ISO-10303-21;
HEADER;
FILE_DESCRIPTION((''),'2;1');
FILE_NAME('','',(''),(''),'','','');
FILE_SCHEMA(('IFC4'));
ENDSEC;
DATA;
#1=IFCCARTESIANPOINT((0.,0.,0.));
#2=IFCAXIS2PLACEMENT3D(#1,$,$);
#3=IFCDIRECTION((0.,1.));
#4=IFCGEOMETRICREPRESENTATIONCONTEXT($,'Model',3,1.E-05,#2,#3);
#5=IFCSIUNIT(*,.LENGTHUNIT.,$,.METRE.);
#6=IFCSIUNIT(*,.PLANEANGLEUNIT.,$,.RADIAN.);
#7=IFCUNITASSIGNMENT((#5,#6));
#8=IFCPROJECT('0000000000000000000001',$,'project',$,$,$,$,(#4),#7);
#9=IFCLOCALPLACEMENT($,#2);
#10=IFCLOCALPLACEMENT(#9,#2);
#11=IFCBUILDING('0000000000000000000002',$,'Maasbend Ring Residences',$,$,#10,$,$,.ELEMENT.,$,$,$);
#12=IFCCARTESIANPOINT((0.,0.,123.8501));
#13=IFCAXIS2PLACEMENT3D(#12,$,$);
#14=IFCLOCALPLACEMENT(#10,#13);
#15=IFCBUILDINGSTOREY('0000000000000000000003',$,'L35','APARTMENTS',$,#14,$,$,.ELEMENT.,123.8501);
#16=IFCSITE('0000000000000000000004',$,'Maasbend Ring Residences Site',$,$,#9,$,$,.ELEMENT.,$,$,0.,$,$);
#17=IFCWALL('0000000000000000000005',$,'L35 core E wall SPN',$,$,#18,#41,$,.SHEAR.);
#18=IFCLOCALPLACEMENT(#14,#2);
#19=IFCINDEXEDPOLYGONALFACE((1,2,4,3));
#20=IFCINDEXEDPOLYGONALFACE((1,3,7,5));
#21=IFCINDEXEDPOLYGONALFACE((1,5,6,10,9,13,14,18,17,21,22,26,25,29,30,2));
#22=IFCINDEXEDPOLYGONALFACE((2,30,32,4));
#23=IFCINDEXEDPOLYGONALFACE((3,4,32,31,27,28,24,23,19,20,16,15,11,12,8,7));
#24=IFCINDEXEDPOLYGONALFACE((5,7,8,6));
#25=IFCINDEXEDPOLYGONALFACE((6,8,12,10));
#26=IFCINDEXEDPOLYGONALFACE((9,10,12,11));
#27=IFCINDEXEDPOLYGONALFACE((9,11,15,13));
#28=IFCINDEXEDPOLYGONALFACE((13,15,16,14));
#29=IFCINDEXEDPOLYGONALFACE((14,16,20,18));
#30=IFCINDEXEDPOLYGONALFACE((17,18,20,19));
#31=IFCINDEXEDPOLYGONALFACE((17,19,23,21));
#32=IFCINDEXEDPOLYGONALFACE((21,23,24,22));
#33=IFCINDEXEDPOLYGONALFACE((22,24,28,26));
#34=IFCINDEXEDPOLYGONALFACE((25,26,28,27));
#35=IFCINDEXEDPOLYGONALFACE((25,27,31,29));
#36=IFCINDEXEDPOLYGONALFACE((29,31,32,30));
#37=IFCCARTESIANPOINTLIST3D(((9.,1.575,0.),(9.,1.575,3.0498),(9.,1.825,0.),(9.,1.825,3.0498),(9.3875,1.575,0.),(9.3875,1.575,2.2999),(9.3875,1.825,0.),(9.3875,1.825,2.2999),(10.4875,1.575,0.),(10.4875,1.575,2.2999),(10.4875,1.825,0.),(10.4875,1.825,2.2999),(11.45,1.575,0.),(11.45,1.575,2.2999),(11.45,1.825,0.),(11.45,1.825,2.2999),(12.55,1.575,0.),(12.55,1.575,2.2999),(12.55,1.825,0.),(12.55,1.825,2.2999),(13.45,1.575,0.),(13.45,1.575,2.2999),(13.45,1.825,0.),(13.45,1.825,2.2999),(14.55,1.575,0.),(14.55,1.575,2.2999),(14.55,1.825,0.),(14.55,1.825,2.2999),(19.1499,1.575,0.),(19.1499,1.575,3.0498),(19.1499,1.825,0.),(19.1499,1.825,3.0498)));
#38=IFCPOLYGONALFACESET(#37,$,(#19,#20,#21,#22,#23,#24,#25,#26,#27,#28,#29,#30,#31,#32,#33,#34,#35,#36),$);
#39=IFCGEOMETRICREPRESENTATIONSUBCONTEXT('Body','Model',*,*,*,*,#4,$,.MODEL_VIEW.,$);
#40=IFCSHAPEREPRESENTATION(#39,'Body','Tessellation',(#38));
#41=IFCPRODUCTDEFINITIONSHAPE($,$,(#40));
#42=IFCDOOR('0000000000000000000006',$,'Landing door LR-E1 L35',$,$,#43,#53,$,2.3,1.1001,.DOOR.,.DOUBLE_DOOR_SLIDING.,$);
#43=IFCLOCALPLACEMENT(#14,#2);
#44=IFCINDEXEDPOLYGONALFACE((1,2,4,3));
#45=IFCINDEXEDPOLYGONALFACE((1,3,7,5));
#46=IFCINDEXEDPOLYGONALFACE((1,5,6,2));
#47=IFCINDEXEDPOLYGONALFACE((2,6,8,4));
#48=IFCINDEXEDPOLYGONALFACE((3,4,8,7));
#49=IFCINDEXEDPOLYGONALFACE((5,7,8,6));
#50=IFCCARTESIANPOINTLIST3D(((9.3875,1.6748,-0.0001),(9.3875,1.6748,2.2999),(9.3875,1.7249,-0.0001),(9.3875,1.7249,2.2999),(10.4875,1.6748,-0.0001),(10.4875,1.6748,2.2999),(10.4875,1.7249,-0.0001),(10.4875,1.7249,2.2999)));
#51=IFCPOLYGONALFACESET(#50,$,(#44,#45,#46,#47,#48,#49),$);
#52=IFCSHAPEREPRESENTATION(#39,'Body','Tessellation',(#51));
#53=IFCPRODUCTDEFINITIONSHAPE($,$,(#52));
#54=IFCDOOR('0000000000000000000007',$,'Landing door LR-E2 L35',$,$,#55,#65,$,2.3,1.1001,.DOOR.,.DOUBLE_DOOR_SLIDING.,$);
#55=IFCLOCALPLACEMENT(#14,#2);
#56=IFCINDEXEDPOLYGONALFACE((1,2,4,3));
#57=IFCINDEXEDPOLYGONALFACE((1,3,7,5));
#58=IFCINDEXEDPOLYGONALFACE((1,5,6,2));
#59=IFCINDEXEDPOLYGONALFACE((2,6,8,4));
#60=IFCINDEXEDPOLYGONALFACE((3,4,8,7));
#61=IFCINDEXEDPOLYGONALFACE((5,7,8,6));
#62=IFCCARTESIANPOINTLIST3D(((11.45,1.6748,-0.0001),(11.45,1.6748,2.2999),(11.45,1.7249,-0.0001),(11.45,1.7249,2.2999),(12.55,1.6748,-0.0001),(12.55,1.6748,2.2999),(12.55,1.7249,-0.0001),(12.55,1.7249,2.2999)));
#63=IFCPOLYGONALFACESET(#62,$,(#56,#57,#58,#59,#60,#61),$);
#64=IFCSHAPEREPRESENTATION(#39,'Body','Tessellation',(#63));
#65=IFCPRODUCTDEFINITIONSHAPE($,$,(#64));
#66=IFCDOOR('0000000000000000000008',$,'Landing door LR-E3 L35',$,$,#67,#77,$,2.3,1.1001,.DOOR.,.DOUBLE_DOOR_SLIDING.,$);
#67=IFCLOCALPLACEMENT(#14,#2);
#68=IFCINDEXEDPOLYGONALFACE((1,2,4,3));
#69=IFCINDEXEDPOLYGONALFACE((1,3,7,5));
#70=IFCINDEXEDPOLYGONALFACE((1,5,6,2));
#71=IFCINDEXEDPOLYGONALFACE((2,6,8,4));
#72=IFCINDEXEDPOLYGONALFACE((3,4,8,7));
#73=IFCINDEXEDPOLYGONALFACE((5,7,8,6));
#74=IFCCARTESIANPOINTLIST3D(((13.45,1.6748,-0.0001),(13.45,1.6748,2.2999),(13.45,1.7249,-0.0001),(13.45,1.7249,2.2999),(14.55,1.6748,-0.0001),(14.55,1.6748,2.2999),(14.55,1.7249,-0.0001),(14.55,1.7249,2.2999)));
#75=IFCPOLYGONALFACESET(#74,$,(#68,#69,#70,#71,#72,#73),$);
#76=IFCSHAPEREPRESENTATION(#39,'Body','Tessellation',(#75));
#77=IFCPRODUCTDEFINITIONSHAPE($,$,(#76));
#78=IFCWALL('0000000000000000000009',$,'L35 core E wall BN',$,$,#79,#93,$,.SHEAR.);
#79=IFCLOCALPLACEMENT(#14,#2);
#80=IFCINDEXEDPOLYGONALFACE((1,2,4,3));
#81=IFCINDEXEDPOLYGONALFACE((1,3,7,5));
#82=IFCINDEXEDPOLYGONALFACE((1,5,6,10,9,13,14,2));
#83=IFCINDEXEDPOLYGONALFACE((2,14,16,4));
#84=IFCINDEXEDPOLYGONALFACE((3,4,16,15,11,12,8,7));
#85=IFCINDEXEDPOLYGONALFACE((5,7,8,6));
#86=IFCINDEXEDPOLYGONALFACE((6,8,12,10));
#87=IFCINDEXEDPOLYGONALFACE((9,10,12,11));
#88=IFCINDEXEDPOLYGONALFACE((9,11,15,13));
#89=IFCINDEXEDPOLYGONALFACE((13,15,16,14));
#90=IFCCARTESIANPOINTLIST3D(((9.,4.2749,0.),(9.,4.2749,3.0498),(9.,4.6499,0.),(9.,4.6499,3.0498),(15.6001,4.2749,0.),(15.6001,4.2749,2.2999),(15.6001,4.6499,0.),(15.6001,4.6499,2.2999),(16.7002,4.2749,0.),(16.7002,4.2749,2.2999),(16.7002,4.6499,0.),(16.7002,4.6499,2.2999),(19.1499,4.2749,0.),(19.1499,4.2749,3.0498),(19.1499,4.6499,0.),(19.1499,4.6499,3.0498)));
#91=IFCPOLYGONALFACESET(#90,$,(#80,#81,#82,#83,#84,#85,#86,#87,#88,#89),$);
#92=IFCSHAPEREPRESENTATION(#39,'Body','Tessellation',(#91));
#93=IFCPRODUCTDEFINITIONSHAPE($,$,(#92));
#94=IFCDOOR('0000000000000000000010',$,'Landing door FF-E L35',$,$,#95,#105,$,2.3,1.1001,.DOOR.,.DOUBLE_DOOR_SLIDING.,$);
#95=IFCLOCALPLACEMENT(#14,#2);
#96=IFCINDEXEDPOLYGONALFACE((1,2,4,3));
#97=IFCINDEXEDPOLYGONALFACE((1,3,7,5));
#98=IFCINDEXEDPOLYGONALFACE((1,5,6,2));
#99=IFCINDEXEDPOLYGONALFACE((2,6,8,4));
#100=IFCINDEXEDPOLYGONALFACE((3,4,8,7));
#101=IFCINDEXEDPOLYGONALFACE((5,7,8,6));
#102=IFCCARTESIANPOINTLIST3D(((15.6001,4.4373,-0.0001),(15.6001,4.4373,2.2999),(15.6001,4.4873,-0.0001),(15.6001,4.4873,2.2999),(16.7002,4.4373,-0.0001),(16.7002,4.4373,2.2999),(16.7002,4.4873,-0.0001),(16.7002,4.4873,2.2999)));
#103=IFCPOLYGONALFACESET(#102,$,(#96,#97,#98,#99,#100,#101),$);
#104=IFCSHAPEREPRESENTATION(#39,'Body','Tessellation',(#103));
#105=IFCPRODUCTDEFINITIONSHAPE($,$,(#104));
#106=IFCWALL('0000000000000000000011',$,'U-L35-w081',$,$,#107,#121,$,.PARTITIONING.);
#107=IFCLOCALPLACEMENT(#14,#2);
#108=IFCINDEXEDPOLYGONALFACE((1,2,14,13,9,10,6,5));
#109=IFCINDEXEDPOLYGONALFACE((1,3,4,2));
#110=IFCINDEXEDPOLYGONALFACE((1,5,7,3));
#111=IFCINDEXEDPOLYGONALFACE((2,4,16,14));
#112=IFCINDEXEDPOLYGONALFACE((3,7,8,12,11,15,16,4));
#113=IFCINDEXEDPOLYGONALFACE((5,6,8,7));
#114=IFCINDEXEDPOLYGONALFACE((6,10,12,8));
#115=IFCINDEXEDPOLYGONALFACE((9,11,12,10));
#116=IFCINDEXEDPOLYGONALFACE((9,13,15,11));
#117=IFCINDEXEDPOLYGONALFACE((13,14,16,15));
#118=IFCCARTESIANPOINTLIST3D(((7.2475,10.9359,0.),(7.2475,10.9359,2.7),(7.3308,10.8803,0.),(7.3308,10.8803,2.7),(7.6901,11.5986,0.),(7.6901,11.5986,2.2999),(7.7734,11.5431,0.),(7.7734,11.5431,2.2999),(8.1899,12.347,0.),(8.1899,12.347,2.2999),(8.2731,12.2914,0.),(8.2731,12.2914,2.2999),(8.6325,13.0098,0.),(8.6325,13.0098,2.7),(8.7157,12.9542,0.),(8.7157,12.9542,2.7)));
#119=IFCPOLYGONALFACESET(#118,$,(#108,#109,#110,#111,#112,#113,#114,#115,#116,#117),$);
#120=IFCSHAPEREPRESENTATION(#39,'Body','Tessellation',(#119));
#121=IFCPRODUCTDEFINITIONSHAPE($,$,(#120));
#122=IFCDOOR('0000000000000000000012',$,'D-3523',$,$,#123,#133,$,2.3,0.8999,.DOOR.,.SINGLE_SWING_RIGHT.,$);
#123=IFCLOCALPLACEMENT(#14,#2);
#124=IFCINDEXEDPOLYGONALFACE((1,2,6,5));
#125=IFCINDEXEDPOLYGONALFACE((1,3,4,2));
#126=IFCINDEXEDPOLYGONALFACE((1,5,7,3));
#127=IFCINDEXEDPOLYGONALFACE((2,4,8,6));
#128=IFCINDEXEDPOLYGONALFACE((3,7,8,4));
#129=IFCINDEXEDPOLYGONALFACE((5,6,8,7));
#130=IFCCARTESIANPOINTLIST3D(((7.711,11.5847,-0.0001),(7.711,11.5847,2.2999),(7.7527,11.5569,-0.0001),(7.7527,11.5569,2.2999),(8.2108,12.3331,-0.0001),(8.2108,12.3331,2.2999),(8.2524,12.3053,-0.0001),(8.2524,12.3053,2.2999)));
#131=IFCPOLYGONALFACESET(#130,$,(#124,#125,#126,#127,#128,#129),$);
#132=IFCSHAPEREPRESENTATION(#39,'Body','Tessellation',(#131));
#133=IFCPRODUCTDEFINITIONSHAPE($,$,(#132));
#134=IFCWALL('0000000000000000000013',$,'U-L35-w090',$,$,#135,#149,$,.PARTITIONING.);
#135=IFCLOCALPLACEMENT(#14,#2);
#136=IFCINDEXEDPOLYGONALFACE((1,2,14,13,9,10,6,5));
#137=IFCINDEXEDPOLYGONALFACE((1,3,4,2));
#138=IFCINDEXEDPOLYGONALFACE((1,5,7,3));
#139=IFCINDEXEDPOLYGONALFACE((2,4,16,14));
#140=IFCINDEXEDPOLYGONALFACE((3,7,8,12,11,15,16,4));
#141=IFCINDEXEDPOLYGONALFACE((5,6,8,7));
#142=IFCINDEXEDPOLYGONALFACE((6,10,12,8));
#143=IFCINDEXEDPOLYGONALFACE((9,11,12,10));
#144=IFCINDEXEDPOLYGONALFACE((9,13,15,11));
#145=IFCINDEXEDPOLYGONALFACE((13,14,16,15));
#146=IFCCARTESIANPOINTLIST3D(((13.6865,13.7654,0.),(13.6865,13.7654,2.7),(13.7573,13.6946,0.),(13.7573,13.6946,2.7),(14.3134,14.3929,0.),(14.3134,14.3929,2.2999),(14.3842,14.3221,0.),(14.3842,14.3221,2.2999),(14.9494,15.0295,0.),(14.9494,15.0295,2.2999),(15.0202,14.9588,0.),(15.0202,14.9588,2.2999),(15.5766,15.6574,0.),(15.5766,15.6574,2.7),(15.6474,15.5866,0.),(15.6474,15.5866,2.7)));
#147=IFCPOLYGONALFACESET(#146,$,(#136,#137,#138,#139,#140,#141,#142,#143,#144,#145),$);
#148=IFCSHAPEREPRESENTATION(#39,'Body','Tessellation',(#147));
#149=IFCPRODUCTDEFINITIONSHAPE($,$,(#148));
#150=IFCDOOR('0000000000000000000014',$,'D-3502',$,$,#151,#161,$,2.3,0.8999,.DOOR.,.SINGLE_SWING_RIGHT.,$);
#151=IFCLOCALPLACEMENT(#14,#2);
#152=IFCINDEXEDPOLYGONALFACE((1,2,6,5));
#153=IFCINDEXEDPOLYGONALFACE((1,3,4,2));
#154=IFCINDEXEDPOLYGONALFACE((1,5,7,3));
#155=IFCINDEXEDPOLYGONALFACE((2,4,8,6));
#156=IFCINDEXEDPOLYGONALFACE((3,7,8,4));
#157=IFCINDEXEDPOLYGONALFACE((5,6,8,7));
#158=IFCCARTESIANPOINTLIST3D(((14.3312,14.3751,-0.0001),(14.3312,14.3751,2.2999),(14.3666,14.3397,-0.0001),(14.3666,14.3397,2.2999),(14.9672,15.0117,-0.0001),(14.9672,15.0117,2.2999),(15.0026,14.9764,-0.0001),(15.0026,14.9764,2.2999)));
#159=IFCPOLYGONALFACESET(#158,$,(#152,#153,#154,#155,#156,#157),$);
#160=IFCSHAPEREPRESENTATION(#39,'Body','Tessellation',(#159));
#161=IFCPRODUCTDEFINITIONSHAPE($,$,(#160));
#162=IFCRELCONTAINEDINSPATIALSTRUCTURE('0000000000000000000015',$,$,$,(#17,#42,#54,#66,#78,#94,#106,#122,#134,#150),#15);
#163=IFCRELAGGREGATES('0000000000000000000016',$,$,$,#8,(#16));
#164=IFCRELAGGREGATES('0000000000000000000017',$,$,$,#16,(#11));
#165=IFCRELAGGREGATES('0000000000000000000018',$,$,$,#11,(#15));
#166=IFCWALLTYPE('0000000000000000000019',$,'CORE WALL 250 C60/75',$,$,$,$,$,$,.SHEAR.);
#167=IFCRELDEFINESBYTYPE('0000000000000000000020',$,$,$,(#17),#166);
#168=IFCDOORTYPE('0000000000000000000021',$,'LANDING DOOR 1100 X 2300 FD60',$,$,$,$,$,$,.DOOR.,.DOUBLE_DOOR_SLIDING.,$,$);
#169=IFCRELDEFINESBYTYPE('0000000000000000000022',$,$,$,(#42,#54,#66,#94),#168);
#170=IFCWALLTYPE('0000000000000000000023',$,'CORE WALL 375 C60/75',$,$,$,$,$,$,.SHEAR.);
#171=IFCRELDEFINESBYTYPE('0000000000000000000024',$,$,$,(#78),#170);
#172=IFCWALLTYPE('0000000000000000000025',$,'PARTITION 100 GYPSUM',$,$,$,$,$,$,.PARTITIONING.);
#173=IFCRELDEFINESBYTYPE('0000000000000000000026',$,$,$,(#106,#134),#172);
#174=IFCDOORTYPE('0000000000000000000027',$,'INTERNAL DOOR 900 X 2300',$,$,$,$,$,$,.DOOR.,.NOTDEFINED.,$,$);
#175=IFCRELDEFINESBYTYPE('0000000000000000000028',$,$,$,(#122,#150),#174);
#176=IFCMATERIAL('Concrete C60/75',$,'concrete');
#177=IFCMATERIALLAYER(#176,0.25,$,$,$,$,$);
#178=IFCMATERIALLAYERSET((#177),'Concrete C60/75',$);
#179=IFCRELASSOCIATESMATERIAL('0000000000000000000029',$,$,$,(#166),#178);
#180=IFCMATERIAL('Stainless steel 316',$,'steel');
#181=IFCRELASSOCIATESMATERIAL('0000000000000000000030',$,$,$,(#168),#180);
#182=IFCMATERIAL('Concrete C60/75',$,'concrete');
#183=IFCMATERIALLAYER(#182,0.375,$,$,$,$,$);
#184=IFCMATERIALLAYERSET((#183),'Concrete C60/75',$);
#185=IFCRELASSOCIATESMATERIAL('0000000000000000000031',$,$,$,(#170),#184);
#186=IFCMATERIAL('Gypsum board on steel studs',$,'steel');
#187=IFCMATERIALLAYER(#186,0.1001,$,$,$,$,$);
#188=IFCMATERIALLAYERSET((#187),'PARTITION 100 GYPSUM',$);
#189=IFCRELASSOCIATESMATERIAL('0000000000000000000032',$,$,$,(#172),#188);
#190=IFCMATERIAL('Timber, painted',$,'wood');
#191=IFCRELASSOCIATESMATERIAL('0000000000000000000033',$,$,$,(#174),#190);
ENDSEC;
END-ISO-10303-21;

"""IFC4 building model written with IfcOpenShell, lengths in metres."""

from ifc_helpers import new_model, si_unit, direction, frame, frame_2d, origin, place, context, subcontext, project, spatial, rectangle, extrude, material, layer, layer_set, type_object, element, fill, save


model = new_model("IFC4")

# Units and contexts
model_context = context("Model", 3, precision=1e-05, world=origin(), true_north=direction((0.0, 1.0)))
body_context = subcontext(model_context, "Body", "Model", "MODEL_VIEW")
ifc_project = project(units=[si_unit("LENGTHUNIT", "METRE"), si_unit("PLANEANGLEUNIT", "RADIAN")], contexts=[model_context])

# Site, building, storey
site_placement = place(None, origin())
site = spatial("IfcSite", under=ifc_project, at=site_placement, Name="Maasbend Ring Residences Site", CompositionType="ELEMENT", RefElevation=0.0)
building_placement = place(site_placement, origin())
building = spatial("IfcBuilding", under=site, at=building_placement, Name="Maasbend Ring Residences", CompositionType="ELEMENT")
storey_placement = place(building_placement, frame((0.0, 0.0, 123.8501)))
storey = spatial("IfcBuildingStorey", under=building, at=storey_placement, Name="L35", Description="APARTMENTS", CompositionType="ELEMENT", Elevation=123.8501)

# Wall, openings, doors
ifc_material_1 = material(Name="Concrete C60/75", Category="concrete")
ifc_layer_1 = layer(ifc_material_1, 0.25)
ifc_layer_set_1 = layer_set([ifc_layer_1], Name="Concrete C60/75")
wall_type_1 = type_object("IfcWallType", Name="CORE WALL 250 C60/75", PredefinedType="SHEAR", material=ifc_layer_set_1)
wall_1_placement = place(storey_placement, frame((9.0, 1.7, 0.0), z_axis=(0.0, 0.0, 1.0), x_axis=(1.0, 0.0, 0.0)))
wall_1 = element("IfcWall", 1, at=wall_1_placement, inside=storey, type_object=wall_type_1, Name="L35 core E wall SPN", PredefinedType="SHEAR", context=body_context, shape_type="SweptSolid", body=[
    extrude(rectangle(XDim=10.1499, YDim=0.25, at=frame_2d((5.075, 0.0))), origin(), (0.0, 0.0, 1.0), 3.0498),
])
opening_1_placement = place(wall_1_placement, frame((0.3875, 0.0, 0.0)))
opening_1 = element("IfcOpeningElement", 2, at=opening_1_placement, cuts=wall_1, PredefinedType="OPENING", context=body_context, shape_type="SweptSolid", body=[
    extrude(rectangle(XDim=1.1001, YDim=2.3, at=frame_2d((0.55, 1.1499))), frame((0.0, 0.135, 0.0), z_axis=(0.0, -1.0, 0.0), x_axis=(1.0, 0.0, 0.0)), (0.0, 0.0, 1.0), 0.27),
])
opening_2_placement = place(wall_1_placement, frame((2.45, 0.0, 0.0)))
opening_2 = element("IfcOpeningElement", 3, at=opening_2_placement, cuts=wall_1, PredefinedType="OPENING", context=body_context, shape_type="SweptSolid", body=[
    extrude(rectangle(XDim=1.1001, YDim=2.3, at=frame_2d((0.55, 1.1499))), frame((0.0, 0.135, 0.0), z_axis=(0.0, -1.0, 0.0), x_axis=(1.0, 0.0, 0.0)), (0.0, 0.0, 1.0), 0.27),
])
opening_3_placement = place(wall_1_placement, frame((4.45, 0.0, 0.0)))
opening_3 = element("IfcOpeningElement", 4, at=opening_3_placement, cuts=wall_1, PredefinedType="OPENING", context=body_context, shape_type="SweptSolid", body=[
    extrude(rectangle(XDim=1.1001, YDim=2.3, at=frame_2d((0.55, 1.1499))), frame((0.0, 0.135, 0.0), z_axis=(0.0, -1.0, 0.0), x_axis=(1.0, 0.0, 0.0)), (0.0, 0.0, 1.0), 0.27),
])
ifc_material_2 = material(Name="Stainless steel 316", Category="steel")
door_type_1 = type_object("IfcDoorType", Name="LANDING DOOR 1100 X 2300 FD60", OperationType="DOUBLE_DOOR_SLIDING", PredefinedType="DOOR", material=ifc_material_2)
door_1_placement = place(opening_1_placement, origin())
door_1 = element("IfcDoor", 5, at=door_1_placement, inside=storey, type_object=door_type_1, Name="Landing door LR-E1 L35", OperationType="DOUBLE_DOOR_SLIDING", OverallHeight=2.3, OverallWidth=1.1001, PredefinedType="DOOR", context=body_context, shape_type="SweptSolid", body=[
    extrude(rectangle(XDim=1.1001, YDim=2.3, at=frame_2d((0.55, 1.1499))), frame((0.0, 0.0249, 0.0), z_axis=(0.0, -1.0, 0.0), x_axis=(1.0, 0.0, 0.0)), (0.0, 0.0, 1.0), 0.05),
])
fill(opening_1, door_1)
door_2_placement = place(opening_2_placement, origin())
door_2 = element("IfcDoor", 6, at=door_2_placement, inside=storey, type_object=door_type_1, Name="Landing door LR-E2 L35", OperationType="DOUBLE_DOOR_SLIDING", OverallHeight=2.3, OverallWidth=1.1001, PredefinedType="DOOR", context=body_context, shape_type="SweptSolid", body=[
    extrude(rectangle(XDim=1.1001, YDim=2.3, at=frame_2d((0.55, 1.1499))), frame((0.0, 0.0249, 0.0), z_axis=(0.0, -1.0, 0.0), x_axis=(1.0, 0.0, 0.0)), (0.0, 0.0, 1.0), 0.05),
])
fill(opening_2, door_2)
door_3_placement = place(opening_3_placement, origin())
door_3 = element("IfcDoor", 7, at=door_3_placement, inside=storey, type_object=door_type_1, Name="Landing door LR-E3 L35", OperationType="DOUBLE_DOOR_SLIDING", OverallHeight=2.3, OverallWidth=1.1001, PredefinedType="DOOR", context=body_context, shape_type="SweptSolid", body=[
    extrude(rectangle(XDim=1.1001, YDim=2.3, at=frame_2d((0.55, 1.1499))), frame((0.0, 0.0249, 0.0), z_axis=(0.0, -1.0, 0.0), x_axis=(1.0, 0.0, 0.0)), (0.0, 0.0, 1.0), 0.05),
])
fill(opening_3, door_3)

# Walls, openings, doors
ifc_material_3 = material(Name="Concrete C60/75", Category="concrete")
ifc_layer_2 = layer(ifc_material_3, 0.375)
ifc_layer_set_2 = layer_set([ifc_layer_2], Name="Concrete C60/75")
wall_type_2 = type_object("IfcWallType", Name="CORE WALL 375 C60/75", PredefinedType="SHEAR", material=ifc_layer_set_2)
wall_2_placement = place(storey_placement, frame((9.0, 4.4624, 0.0), z_axis=(0.0, 0.0, 1.0), x_axis=(1.0, 0.0, 0.0)))
wall_2 = element("IfcWall", 8, at=wall_2_placement, inside=storey, type_object=wall_type_2, Name="L35 core E wall BN", PredefinedType="SHEAR", context=body_context, shape_type="SweptSolid", body=[
    extrude(rectangle(XDim=10.1499, YDim=0.375, at=frame_2d((5.075, 0.0))), origin(), (0.0, 0.0, 1.0), 3.0498),
])
opening_4_placement = place(wall_2_placement, frame((6.6001, 0.0, 0.0)))
opening_4 = element("IfcOpeningElement", 9, at=opening_4_placement, cuts=wall_2, PredefinedType="OPENING", context=body_context, shape_type="SweptSolid", body=[
    extrude(rectangle(XDim=1.1001, YDim=2.3, at=frame_2d((0.55, 1.1499))), frame((0.0, 0.1975, 0.0), z_axis=(0.0, -1.0, 0.0), x_axis=(1.0, 0.0, 0.0)), (0.0, 0.0, 1.0), 0.395),
])
door_4_placement = place(opening_4_placement, origin())
door_4 = element("IfcDoor", 10, at=door_4_placement, inside=storey, type_object=door_type_1, Name="Landing door FF-E L35", OperationType="DOUBLE_DOOR_SLIDING", OverallHeight=2.3, OverallWidth=1.1001, PredefinedType="DOOR", context=body_context, shape_type="SweptSolid", body=[
    extrude(rectangle(XDim=1.1001, YDim=2.3, at=frame_2d((0.55, 1.1499))), frame((0.0, 0.0249, 0.0), z_axis=(0.0, -1.0, 0.0), x_axis=(1.0, 0.0, 0.0)), (0.0, 0.0, 1.0), 0.05),
])
fill(opening_4, door_4)
ifc_material_4 = material(Name="Gypsum board on steel studs", Category="steel")
ifc_layer_3 = layer(ifc_material_4, 0.1001)
ifc_layer_set_3 = layer_set([ifc_layer_3], Name="PARTITION 100 GYPSUM")
wall_type_3 = type_object("IfcWallType", Name="PARTITION 100 GYPSUM", PredefinedType="PARTITIONING", material=ifc_layer_set_3)
wall_3_placement = place(storey_placement, frame((7.2891, 10.908, 0.0), z_axis=(0.0, 0.0, 1.0), x_axis=(0.555355, 0.831613, 0.0)))
wall_3 = element("IfcWall", 11, at=wall_3_placement, inside=storey, type_object=wall_type_3, Name="U-L35-w081", PredefinedType="PARTITIONING", context=body_context, shape_type="SweptSolid", body=[
    extrude(rectangle(XDim=2.4939, YDim=0.1001, at=frame_2d((1.2471, 0.0))), origin(), (0.0, 0.0, 1.0), 2.7),
])
opening_5_placement = place(wall_3_placement, frame((0.7971, 0.0, 0.0)))
opening_5 = element("IfcOpeningElement", 12, at=opening_5_placement, cuts=wall_3, PredefinedType="OPENING", context=body_context, shape_type="SweptSolid", body=[
    extrude(rectangle(XDim=0.8999, YDim=2.3, at=frame_2d((0.45, 1.1499))), frame((0.0, 0.0601, 0.0), z_axis=(0.0, -1.0, 0.0), x_axis=(1.0, 0.0, 0.0)), (0.0, 0.0, 1.0), 0.1201),
])
ifc_material_5 = material(Name="Timber, painted", Category="wood")
door_type_2 = type_object("IfcDoorType", Name="INTERNAL DOOR 900 X 2300", OperationType="NOTDEFINED", PredefinedType="DOOR", material=ifc_material_5)
door_5_placement = place(opening_5_placement, origin())
door_5 = element("IfcDoor", 13, at=door_5_placement, inside=storey, type_object=door_type_2, Name="D-3523", OperationType="SINGLE_SWING_RIGHT", OverallHeight=2.3, OverallWidth=0.8999, PredefinedType="DOOR", context=body_context, shape_type="SweptSolid", body=[
    extrude(rectangle(XDim=0.8999, YDim=2.3, at=frame_2d((0.45, 1.1499))), frame((0.0, 0.0249, 0.0), z_axis=(0.0, -1.0, 0.0), x_axis=(1.0, 0.0, 0.0)), (0.0, 0.0, 1.0), 0.05),
])
fill(opening_5, door_5)
wall_4_placement = place(storey_placement, frame((13.7219, 13.73, 0.0), z_axis=(0.0, 0.0, 1.0), x_axis=(0.706742, 0.707472, 0.0)))
wall_4 = element("IfcWall", 14, at=wall_4_placement, inside=storey, type_object=wall_type_3, Name="U-L35-w090", PredefinedType="PARTITIONING", context=body_context, shape_type="SweptSolid", body=[
    extrude(rectangle(XDim=2.6743, YDim=0.1001, at=frame_2d((1.3372, 0.0))), origin(), (0.0, 0.0, 1.0), 2.7),
])
opening_6_placement = place(wall_4_placement, frame((0.887, 0.0, 0.0)))
opening_6 = element("IfcOpeningElement", 15, at=opening_6_placement, cuts=wall_4, PredefinedType="OPENING", context=body_context, shape_type="SweptSolid", body=[
    extrude(rectangle(XDim=0.8999, YDim=2.3, at=frame_2d((0.45, 1.1499))), frame((0.0, 0.0601, 0.0), z_axis=(0.0, -1.0, 0.0), x_axis=(1.0, 0.0, 0.0)), (0.0, 0.0, 1.0), 0.1201),
])
door_6_placement = place(opening_6_placement, origin())
door_6 = element("IfcDoor", 16, at=door_6_placement, inside=storey, type_object=door_type_2, Name="D-3502", OperationType="SINGLE_SWING_RIGHT", OverallHeight=2.3, OverallWidth=0.8999, PredefinedType="DOOR", context=body_context, shape_type="SweptSolid", body=[
    extrude(rectangle(XDim=0.8999, YDim=2.3, at=frame_2d((0.45, 1.1499))), frame((0.0, 0.0249, 0.0), z_axis=(0.0, -1.0, 0.0), x_axis=(1.0, 0.0, 0.0)), (0.0, 0.0, 1.0), 0.05),
])
fill(opening_6, door_6)

save(model, "model.ifc")
